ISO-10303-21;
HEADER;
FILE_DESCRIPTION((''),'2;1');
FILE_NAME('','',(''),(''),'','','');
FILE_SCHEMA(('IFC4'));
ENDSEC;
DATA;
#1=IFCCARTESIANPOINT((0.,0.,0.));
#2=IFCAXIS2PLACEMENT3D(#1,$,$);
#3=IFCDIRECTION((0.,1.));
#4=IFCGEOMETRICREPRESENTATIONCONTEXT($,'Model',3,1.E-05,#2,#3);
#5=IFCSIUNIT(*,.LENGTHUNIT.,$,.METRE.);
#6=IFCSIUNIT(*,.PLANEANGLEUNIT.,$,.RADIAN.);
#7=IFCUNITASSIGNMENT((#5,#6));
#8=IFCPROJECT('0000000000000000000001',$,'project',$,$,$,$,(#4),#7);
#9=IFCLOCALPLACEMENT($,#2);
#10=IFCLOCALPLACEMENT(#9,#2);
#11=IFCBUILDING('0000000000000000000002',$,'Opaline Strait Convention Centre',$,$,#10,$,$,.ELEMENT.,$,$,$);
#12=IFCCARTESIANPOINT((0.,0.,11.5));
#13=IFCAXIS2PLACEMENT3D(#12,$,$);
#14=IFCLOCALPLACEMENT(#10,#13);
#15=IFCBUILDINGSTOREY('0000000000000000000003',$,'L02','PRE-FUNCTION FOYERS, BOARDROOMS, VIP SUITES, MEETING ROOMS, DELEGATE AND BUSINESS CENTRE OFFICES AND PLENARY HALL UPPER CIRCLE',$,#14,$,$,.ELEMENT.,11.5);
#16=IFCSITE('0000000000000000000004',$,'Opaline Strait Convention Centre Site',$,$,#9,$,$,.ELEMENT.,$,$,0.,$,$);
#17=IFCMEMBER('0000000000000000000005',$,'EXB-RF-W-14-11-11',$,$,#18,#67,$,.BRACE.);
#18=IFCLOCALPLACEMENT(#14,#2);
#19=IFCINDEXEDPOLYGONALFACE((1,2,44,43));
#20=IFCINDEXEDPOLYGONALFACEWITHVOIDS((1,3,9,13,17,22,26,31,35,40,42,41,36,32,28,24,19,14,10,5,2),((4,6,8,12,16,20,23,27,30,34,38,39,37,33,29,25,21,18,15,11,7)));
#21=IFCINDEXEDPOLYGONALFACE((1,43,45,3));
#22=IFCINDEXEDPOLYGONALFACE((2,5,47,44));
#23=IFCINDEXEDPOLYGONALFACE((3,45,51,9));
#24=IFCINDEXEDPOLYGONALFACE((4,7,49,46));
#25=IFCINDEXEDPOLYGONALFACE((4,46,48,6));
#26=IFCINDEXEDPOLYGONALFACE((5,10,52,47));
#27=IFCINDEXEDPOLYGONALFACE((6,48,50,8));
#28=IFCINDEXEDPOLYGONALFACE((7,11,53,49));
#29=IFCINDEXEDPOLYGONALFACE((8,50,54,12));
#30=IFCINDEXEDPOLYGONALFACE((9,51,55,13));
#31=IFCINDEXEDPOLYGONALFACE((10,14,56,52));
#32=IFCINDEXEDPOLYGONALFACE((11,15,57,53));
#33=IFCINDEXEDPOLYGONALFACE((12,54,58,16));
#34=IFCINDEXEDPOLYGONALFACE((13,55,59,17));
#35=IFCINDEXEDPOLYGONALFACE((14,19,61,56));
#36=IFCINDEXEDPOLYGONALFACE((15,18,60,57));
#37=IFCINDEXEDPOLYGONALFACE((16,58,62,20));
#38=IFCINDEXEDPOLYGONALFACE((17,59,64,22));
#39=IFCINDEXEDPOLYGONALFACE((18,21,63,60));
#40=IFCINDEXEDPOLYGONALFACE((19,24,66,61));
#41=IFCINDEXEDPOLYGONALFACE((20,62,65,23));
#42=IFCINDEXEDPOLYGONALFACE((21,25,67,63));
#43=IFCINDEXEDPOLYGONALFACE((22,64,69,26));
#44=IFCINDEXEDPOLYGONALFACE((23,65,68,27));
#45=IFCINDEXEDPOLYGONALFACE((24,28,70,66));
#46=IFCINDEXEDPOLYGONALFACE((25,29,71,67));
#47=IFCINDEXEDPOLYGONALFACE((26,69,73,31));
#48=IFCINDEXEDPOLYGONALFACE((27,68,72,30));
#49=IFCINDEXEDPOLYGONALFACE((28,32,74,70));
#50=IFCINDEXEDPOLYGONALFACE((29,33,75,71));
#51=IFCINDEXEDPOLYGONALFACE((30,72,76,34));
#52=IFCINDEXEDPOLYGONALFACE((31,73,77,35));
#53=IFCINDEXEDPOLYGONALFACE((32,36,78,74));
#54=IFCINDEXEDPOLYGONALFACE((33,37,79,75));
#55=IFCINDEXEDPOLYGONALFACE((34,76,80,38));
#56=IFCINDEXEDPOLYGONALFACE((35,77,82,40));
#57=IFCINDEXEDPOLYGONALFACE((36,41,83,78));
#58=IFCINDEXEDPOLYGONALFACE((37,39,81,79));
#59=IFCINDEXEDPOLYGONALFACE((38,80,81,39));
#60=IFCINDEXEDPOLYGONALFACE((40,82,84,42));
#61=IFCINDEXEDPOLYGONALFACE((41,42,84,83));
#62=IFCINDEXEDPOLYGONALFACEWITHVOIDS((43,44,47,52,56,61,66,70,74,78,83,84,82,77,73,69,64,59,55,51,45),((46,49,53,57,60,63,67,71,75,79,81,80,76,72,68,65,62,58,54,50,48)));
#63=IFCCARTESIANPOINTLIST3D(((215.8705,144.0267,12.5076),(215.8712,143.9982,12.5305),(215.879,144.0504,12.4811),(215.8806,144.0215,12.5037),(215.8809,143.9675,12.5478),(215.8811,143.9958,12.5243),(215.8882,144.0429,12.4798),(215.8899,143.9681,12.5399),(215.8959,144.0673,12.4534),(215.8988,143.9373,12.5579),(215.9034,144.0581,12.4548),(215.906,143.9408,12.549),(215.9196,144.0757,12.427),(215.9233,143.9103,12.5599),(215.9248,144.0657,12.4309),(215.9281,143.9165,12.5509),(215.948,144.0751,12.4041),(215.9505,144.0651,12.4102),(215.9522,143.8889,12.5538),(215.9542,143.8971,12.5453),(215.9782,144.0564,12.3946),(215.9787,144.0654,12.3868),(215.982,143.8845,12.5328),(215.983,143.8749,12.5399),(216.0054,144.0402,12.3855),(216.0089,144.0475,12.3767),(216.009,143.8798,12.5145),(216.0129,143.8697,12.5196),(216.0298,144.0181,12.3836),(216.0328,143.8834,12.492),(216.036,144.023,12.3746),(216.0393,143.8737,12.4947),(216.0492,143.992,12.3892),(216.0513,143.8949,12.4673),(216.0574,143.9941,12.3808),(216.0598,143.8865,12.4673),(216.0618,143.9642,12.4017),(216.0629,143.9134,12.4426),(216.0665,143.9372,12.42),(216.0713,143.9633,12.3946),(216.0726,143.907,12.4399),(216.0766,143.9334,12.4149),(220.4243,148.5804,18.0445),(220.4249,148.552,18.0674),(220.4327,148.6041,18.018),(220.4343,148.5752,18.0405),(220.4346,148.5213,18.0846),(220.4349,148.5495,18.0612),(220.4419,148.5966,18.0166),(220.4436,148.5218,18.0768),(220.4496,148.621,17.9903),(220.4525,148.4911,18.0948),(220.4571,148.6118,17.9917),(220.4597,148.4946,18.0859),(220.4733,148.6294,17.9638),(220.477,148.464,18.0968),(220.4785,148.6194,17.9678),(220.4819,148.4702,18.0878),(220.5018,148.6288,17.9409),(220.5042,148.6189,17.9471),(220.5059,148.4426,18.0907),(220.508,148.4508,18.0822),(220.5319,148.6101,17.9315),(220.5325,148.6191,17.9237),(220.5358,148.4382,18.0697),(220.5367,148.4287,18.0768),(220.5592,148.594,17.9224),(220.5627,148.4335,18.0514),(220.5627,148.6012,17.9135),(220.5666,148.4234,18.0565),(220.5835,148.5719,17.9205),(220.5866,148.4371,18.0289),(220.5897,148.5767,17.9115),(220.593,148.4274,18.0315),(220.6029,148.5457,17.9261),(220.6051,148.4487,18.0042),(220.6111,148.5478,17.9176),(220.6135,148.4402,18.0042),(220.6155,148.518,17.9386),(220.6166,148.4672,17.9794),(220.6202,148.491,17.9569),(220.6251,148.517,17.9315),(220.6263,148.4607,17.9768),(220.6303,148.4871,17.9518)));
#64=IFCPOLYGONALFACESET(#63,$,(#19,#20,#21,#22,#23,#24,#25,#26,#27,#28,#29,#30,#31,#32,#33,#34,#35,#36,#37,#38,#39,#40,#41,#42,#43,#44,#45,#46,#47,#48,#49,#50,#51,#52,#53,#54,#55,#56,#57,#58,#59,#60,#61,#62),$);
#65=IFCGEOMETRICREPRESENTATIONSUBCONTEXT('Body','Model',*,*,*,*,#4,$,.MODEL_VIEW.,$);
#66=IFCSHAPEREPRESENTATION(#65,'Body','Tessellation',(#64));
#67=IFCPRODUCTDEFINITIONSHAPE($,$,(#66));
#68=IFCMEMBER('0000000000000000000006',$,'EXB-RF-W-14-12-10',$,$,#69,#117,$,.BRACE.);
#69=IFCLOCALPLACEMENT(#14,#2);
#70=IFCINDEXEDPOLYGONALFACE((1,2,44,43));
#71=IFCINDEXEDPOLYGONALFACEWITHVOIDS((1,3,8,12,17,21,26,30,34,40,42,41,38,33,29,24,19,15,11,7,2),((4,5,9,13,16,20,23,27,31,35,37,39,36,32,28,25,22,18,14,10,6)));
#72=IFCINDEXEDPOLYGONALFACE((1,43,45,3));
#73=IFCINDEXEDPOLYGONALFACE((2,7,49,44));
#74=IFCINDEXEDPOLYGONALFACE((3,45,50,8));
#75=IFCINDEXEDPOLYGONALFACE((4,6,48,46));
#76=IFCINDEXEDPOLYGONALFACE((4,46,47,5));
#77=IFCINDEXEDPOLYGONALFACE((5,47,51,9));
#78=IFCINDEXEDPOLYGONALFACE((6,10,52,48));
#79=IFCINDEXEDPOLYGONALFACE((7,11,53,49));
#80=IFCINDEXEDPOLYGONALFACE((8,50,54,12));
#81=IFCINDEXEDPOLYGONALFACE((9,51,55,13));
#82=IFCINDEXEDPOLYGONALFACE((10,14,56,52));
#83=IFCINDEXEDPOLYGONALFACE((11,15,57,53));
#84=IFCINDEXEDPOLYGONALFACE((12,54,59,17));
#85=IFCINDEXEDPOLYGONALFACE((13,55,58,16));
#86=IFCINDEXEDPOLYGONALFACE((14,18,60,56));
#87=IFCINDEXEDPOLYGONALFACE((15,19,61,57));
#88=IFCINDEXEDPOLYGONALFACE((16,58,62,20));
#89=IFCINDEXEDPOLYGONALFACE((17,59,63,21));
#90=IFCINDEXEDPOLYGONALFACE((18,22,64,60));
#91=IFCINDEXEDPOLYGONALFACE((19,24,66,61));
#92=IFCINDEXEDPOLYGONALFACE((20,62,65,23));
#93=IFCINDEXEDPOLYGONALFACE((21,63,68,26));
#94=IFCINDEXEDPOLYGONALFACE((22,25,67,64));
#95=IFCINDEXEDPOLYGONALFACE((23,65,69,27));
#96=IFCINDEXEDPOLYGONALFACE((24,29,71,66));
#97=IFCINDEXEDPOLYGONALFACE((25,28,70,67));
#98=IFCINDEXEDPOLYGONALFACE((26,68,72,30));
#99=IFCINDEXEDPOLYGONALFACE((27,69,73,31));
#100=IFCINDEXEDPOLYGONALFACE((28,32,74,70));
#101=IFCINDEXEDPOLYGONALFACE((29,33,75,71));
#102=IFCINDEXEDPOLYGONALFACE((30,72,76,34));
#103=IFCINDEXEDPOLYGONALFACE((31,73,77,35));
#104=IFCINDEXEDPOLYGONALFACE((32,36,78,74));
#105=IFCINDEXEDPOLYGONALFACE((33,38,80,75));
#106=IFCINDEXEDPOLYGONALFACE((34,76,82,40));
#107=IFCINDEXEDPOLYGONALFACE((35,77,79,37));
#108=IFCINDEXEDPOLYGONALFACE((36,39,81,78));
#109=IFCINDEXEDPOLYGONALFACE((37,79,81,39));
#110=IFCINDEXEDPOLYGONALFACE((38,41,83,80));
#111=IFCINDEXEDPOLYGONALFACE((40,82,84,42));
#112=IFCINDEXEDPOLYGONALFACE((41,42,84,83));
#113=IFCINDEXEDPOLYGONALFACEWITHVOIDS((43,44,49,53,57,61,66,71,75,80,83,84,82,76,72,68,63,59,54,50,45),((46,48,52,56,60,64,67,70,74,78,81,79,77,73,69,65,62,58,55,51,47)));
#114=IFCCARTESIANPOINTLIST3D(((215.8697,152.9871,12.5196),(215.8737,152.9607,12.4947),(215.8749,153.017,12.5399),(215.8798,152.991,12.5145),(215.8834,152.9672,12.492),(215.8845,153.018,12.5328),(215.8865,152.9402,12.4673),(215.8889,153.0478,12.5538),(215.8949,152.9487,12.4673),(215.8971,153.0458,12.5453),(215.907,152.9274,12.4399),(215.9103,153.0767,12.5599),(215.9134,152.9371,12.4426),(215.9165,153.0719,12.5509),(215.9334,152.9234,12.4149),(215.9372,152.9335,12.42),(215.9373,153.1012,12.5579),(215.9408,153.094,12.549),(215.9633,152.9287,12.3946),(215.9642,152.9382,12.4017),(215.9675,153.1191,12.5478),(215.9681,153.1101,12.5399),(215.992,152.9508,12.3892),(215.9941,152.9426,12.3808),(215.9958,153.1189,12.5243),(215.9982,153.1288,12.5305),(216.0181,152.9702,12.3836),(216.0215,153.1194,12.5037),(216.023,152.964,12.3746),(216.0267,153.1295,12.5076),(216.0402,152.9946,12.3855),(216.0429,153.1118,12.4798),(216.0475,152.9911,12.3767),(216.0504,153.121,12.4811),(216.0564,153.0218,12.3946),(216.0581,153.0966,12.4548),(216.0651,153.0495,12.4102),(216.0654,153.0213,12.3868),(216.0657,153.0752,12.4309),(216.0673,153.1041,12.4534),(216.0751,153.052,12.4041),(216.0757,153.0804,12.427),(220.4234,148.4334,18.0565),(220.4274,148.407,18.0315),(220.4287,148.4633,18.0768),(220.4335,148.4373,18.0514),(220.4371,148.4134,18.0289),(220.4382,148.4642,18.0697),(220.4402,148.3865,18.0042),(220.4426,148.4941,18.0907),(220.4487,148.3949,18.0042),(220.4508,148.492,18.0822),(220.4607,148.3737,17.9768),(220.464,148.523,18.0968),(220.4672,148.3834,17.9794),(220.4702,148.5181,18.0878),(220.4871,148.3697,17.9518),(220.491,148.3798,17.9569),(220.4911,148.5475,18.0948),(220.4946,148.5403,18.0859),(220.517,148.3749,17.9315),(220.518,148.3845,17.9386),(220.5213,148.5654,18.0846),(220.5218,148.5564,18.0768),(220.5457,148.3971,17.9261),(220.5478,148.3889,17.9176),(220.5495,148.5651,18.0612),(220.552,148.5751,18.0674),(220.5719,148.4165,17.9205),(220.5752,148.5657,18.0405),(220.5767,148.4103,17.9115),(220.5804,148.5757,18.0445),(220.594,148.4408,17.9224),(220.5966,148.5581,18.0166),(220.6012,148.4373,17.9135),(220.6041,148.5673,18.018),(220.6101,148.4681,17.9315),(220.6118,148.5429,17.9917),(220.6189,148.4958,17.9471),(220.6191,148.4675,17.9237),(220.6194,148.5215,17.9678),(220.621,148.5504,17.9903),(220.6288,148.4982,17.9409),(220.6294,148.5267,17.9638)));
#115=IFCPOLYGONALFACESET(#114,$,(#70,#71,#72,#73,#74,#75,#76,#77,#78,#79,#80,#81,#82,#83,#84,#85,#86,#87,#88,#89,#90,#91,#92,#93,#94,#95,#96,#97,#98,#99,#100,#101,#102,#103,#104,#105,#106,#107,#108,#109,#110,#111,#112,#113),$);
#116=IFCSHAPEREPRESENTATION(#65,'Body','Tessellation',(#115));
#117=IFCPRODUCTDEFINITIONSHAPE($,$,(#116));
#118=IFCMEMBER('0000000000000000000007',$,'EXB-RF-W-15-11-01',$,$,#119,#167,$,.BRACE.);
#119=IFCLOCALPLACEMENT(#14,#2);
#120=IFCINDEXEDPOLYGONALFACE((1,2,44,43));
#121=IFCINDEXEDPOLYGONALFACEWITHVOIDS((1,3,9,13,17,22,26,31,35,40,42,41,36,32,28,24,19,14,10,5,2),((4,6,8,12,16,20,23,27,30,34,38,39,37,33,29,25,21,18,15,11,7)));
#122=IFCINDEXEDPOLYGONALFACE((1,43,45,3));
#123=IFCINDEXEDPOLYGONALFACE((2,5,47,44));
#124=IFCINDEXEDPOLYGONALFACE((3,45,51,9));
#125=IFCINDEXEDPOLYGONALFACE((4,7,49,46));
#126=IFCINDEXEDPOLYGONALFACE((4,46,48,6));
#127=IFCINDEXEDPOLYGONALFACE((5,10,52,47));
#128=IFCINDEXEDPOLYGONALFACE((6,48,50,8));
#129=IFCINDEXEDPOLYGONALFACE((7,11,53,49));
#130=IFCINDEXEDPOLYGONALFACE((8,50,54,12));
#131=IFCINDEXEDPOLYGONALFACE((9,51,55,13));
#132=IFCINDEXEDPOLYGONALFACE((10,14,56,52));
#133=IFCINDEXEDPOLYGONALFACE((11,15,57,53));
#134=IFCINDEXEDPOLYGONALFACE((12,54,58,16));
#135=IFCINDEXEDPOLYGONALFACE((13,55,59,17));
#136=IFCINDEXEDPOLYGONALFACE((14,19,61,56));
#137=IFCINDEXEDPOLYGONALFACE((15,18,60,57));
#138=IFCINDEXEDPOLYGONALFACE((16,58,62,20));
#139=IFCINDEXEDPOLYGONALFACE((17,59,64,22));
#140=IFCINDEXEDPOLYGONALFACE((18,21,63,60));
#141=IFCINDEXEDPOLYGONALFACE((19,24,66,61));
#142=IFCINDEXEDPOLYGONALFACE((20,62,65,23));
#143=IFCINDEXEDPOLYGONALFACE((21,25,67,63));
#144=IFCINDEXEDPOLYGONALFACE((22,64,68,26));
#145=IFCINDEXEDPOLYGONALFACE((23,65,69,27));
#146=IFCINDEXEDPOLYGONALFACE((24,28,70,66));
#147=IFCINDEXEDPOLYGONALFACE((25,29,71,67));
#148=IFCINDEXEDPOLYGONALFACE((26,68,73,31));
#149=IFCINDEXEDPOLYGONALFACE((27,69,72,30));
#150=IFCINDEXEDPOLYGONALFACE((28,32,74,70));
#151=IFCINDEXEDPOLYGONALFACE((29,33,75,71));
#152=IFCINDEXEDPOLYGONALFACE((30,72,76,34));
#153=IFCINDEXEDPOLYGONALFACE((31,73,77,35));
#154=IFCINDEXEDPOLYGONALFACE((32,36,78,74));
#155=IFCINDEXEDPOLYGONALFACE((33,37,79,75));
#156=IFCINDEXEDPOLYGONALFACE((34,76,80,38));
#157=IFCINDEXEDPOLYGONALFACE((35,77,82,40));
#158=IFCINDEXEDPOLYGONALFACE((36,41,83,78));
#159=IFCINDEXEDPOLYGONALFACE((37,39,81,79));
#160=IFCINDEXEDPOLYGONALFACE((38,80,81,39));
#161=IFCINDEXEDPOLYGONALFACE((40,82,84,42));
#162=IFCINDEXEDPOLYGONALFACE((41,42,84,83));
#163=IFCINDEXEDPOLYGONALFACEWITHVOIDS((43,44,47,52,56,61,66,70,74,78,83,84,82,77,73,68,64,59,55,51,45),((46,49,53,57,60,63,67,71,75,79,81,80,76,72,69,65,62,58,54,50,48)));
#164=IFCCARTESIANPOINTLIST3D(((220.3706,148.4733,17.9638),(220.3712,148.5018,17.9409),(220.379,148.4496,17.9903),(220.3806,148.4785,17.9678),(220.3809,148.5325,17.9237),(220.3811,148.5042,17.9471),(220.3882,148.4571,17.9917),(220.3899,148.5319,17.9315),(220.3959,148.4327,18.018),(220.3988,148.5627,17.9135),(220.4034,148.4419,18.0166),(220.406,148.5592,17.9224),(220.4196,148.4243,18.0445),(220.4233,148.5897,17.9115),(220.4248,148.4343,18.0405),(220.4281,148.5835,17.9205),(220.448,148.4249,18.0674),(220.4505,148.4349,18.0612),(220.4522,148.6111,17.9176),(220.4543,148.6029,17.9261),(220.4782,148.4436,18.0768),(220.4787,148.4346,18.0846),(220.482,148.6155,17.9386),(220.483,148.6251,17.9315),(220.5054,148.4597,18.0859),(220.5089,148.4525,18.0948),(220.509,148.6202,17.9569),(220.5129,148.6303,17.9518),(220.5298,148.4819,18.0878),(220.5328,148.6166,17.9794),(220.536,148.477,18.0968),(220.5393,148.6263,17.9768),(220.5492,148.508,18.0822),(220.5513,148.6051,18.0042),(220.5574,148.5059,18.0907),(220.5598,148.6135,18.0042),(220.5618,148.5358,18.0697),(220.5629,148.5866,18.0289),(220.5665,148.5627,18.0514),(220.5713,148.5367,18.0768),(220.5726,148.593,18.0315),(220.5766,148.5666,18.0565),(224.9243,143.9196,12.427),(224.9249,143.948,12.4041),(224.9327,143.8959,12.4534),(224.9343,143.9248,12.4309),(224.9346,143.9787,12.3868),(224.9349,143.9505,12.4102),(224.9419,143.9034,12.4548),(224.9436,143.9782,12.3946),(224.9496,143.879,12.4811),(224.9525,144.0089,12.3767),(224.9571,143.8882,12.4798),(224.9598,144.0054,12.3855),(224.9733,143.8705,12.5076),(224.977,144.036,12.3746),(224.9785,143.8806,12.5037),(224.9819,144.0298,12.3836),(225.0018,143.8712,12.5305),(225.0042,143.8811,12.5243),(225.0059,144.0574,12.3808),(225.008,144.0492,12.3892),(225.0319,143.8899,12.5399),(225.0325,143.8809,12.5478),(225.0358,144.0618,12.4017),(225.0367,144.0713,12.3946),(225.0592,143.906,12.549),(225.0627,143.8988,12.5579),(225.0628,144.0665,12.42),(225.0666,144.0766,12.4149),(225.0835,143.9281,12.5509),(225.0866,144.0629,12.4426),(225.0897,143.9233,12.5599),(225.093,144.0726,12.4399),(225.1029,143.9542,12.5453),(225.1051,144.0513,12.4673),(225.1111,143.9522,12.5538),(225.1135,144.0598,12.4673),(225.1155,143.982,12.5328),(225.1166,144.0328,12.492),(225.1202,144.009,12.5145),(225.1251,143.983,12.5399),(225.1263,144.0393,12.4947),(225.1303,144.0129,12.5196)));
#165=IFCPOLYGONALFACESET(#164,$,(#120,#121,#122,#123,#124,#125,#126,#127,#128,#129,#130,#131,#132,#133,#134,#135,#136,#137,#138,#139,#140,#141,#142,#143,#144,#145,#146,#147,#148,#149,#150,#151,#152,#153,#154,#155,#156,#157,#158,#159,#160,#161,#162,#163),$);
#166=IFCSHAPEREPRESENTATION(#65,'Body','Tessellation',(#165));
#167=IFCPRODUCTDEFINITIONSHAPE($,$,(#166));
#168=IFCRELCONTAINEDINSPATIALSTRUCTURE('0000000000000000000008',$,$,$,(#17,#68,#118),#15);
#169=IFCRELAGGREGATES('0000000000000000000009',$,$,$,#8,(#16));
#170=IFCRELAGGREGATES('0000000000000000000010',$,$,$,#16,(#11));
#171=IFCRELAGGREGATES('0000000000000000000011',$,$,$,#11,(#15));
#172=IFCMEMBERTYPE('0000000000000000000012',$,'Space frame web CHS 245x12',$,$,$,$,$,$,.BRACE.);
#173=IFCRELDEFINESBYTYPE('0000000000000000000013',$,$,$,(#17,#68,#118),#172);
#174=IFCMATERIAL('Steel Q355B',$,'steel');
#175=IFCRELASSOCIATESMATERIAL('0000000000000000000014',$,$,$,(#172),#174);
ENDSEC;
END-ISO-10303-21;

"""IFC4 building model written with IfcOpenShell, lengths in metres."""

from ifc_helpers import new_model, si_unit, direction, frame, origin, origin_2d, place, context, subcontext, project, spatial, hollow_circle, extrude, material, material_profile, profile_set, type_object, element, save


model = new_model("IFC4")

# Units and contexts
model_context = context("Model", 3, precision=1e-05, world=origin(), true_north=direction((0.0, 1.0)))
body_context = subcontext(model_context, "Body", "Model", "MODEL_VIEW")
ifc_project = project(units=[si_unit("LENGTHUNIT", "METRE"), si_unit("PLANEANGLEUNIT", "RADIAN")], contexts=[model_context])

# Site, building, storey
site_placement = place(None, origin())
site = spatial("IfcSite", under=ifc_project, at=site_placement, Name="Opaline Strait Convention Centre Site", CompositionType="ELEMENT", RefElevation=0.0)
building_placement = place(site_placement, origin())
building = spatial("IfcBuilding", under=site, at=building_placement, Name="Opaline Strait Convention Centre", CompositionType="ELEMENT")
storey_placement = place(building_placement, frame((0.0, 0.0, 11.5)))
storey = spatial("IfcBuildingStorey", under=building, at=storey_placement, Name="L02", Description="PRE-FUNCTION FOYERS, BOARDROOMS, VIP SUITES, MEETING ROOMS, DELEGATE AND BUSINESS CENTRE OFFICES AND PLENARY HALL UPPER CIRCLE", CompositionType="ELEMENT", Elevation=11.5)

# Members
ifc_material_1 = material(Name="Steel Q355B", Category="steel")
ifc_material_profile_1 = material_profile(ifc_material_1, hollow_circle(Radius=0.1226, WallThickness=0.012, at=origin_2d()), Name="CHS 245x12")
ifc_profile_set_1 = profile_set([ifc_material_profile_1], Name="Steel Q355B")
member_type_1 = type_object("IfcMemberType", Name="Space frame web CHS 245x12", PredefinedType="BRACE", material=ifc_profile_set_1)
for number, where, z_axis, x_axis, name in (
    (1, (220.5269, 148.5269, 18.0042), (-0.536178, -0.536178, -0.65194), (0.707107, -0.707107, 0.0), "EXB-RF-W-14-11-11"),
    (2, (220.5269, 148.4731, 18.0042), (-0.536178, 0.536178, -0.65194), (-0.707107, -0.707107, 0.0), "EXB-RF-W-14-12-10"),
    (3, (220.4731, 148.5269, 18.0042), (0.536178, -0.536178, -0.65194), (0.707107, 0.707107, 0.0), "EXB-RF-W-15-11-01"),
):
    element("IfcMember", number, at=place(storey_placement, frame(where, z_axis=z_axis, x_axis=x_axis)), inside=storey, type_object=member_type_1, Name=name, PredefinedType="BRACE", context=body_context, shape_type="SweptSolid", body=[
        extrude(hollow_circle(Radius=0.1226, WallThickness=0.012, at=origin_2d()), origin(), (0.0, 0.0, 1.0), 8.4929),
    ])

save(model, "model.ifc")
